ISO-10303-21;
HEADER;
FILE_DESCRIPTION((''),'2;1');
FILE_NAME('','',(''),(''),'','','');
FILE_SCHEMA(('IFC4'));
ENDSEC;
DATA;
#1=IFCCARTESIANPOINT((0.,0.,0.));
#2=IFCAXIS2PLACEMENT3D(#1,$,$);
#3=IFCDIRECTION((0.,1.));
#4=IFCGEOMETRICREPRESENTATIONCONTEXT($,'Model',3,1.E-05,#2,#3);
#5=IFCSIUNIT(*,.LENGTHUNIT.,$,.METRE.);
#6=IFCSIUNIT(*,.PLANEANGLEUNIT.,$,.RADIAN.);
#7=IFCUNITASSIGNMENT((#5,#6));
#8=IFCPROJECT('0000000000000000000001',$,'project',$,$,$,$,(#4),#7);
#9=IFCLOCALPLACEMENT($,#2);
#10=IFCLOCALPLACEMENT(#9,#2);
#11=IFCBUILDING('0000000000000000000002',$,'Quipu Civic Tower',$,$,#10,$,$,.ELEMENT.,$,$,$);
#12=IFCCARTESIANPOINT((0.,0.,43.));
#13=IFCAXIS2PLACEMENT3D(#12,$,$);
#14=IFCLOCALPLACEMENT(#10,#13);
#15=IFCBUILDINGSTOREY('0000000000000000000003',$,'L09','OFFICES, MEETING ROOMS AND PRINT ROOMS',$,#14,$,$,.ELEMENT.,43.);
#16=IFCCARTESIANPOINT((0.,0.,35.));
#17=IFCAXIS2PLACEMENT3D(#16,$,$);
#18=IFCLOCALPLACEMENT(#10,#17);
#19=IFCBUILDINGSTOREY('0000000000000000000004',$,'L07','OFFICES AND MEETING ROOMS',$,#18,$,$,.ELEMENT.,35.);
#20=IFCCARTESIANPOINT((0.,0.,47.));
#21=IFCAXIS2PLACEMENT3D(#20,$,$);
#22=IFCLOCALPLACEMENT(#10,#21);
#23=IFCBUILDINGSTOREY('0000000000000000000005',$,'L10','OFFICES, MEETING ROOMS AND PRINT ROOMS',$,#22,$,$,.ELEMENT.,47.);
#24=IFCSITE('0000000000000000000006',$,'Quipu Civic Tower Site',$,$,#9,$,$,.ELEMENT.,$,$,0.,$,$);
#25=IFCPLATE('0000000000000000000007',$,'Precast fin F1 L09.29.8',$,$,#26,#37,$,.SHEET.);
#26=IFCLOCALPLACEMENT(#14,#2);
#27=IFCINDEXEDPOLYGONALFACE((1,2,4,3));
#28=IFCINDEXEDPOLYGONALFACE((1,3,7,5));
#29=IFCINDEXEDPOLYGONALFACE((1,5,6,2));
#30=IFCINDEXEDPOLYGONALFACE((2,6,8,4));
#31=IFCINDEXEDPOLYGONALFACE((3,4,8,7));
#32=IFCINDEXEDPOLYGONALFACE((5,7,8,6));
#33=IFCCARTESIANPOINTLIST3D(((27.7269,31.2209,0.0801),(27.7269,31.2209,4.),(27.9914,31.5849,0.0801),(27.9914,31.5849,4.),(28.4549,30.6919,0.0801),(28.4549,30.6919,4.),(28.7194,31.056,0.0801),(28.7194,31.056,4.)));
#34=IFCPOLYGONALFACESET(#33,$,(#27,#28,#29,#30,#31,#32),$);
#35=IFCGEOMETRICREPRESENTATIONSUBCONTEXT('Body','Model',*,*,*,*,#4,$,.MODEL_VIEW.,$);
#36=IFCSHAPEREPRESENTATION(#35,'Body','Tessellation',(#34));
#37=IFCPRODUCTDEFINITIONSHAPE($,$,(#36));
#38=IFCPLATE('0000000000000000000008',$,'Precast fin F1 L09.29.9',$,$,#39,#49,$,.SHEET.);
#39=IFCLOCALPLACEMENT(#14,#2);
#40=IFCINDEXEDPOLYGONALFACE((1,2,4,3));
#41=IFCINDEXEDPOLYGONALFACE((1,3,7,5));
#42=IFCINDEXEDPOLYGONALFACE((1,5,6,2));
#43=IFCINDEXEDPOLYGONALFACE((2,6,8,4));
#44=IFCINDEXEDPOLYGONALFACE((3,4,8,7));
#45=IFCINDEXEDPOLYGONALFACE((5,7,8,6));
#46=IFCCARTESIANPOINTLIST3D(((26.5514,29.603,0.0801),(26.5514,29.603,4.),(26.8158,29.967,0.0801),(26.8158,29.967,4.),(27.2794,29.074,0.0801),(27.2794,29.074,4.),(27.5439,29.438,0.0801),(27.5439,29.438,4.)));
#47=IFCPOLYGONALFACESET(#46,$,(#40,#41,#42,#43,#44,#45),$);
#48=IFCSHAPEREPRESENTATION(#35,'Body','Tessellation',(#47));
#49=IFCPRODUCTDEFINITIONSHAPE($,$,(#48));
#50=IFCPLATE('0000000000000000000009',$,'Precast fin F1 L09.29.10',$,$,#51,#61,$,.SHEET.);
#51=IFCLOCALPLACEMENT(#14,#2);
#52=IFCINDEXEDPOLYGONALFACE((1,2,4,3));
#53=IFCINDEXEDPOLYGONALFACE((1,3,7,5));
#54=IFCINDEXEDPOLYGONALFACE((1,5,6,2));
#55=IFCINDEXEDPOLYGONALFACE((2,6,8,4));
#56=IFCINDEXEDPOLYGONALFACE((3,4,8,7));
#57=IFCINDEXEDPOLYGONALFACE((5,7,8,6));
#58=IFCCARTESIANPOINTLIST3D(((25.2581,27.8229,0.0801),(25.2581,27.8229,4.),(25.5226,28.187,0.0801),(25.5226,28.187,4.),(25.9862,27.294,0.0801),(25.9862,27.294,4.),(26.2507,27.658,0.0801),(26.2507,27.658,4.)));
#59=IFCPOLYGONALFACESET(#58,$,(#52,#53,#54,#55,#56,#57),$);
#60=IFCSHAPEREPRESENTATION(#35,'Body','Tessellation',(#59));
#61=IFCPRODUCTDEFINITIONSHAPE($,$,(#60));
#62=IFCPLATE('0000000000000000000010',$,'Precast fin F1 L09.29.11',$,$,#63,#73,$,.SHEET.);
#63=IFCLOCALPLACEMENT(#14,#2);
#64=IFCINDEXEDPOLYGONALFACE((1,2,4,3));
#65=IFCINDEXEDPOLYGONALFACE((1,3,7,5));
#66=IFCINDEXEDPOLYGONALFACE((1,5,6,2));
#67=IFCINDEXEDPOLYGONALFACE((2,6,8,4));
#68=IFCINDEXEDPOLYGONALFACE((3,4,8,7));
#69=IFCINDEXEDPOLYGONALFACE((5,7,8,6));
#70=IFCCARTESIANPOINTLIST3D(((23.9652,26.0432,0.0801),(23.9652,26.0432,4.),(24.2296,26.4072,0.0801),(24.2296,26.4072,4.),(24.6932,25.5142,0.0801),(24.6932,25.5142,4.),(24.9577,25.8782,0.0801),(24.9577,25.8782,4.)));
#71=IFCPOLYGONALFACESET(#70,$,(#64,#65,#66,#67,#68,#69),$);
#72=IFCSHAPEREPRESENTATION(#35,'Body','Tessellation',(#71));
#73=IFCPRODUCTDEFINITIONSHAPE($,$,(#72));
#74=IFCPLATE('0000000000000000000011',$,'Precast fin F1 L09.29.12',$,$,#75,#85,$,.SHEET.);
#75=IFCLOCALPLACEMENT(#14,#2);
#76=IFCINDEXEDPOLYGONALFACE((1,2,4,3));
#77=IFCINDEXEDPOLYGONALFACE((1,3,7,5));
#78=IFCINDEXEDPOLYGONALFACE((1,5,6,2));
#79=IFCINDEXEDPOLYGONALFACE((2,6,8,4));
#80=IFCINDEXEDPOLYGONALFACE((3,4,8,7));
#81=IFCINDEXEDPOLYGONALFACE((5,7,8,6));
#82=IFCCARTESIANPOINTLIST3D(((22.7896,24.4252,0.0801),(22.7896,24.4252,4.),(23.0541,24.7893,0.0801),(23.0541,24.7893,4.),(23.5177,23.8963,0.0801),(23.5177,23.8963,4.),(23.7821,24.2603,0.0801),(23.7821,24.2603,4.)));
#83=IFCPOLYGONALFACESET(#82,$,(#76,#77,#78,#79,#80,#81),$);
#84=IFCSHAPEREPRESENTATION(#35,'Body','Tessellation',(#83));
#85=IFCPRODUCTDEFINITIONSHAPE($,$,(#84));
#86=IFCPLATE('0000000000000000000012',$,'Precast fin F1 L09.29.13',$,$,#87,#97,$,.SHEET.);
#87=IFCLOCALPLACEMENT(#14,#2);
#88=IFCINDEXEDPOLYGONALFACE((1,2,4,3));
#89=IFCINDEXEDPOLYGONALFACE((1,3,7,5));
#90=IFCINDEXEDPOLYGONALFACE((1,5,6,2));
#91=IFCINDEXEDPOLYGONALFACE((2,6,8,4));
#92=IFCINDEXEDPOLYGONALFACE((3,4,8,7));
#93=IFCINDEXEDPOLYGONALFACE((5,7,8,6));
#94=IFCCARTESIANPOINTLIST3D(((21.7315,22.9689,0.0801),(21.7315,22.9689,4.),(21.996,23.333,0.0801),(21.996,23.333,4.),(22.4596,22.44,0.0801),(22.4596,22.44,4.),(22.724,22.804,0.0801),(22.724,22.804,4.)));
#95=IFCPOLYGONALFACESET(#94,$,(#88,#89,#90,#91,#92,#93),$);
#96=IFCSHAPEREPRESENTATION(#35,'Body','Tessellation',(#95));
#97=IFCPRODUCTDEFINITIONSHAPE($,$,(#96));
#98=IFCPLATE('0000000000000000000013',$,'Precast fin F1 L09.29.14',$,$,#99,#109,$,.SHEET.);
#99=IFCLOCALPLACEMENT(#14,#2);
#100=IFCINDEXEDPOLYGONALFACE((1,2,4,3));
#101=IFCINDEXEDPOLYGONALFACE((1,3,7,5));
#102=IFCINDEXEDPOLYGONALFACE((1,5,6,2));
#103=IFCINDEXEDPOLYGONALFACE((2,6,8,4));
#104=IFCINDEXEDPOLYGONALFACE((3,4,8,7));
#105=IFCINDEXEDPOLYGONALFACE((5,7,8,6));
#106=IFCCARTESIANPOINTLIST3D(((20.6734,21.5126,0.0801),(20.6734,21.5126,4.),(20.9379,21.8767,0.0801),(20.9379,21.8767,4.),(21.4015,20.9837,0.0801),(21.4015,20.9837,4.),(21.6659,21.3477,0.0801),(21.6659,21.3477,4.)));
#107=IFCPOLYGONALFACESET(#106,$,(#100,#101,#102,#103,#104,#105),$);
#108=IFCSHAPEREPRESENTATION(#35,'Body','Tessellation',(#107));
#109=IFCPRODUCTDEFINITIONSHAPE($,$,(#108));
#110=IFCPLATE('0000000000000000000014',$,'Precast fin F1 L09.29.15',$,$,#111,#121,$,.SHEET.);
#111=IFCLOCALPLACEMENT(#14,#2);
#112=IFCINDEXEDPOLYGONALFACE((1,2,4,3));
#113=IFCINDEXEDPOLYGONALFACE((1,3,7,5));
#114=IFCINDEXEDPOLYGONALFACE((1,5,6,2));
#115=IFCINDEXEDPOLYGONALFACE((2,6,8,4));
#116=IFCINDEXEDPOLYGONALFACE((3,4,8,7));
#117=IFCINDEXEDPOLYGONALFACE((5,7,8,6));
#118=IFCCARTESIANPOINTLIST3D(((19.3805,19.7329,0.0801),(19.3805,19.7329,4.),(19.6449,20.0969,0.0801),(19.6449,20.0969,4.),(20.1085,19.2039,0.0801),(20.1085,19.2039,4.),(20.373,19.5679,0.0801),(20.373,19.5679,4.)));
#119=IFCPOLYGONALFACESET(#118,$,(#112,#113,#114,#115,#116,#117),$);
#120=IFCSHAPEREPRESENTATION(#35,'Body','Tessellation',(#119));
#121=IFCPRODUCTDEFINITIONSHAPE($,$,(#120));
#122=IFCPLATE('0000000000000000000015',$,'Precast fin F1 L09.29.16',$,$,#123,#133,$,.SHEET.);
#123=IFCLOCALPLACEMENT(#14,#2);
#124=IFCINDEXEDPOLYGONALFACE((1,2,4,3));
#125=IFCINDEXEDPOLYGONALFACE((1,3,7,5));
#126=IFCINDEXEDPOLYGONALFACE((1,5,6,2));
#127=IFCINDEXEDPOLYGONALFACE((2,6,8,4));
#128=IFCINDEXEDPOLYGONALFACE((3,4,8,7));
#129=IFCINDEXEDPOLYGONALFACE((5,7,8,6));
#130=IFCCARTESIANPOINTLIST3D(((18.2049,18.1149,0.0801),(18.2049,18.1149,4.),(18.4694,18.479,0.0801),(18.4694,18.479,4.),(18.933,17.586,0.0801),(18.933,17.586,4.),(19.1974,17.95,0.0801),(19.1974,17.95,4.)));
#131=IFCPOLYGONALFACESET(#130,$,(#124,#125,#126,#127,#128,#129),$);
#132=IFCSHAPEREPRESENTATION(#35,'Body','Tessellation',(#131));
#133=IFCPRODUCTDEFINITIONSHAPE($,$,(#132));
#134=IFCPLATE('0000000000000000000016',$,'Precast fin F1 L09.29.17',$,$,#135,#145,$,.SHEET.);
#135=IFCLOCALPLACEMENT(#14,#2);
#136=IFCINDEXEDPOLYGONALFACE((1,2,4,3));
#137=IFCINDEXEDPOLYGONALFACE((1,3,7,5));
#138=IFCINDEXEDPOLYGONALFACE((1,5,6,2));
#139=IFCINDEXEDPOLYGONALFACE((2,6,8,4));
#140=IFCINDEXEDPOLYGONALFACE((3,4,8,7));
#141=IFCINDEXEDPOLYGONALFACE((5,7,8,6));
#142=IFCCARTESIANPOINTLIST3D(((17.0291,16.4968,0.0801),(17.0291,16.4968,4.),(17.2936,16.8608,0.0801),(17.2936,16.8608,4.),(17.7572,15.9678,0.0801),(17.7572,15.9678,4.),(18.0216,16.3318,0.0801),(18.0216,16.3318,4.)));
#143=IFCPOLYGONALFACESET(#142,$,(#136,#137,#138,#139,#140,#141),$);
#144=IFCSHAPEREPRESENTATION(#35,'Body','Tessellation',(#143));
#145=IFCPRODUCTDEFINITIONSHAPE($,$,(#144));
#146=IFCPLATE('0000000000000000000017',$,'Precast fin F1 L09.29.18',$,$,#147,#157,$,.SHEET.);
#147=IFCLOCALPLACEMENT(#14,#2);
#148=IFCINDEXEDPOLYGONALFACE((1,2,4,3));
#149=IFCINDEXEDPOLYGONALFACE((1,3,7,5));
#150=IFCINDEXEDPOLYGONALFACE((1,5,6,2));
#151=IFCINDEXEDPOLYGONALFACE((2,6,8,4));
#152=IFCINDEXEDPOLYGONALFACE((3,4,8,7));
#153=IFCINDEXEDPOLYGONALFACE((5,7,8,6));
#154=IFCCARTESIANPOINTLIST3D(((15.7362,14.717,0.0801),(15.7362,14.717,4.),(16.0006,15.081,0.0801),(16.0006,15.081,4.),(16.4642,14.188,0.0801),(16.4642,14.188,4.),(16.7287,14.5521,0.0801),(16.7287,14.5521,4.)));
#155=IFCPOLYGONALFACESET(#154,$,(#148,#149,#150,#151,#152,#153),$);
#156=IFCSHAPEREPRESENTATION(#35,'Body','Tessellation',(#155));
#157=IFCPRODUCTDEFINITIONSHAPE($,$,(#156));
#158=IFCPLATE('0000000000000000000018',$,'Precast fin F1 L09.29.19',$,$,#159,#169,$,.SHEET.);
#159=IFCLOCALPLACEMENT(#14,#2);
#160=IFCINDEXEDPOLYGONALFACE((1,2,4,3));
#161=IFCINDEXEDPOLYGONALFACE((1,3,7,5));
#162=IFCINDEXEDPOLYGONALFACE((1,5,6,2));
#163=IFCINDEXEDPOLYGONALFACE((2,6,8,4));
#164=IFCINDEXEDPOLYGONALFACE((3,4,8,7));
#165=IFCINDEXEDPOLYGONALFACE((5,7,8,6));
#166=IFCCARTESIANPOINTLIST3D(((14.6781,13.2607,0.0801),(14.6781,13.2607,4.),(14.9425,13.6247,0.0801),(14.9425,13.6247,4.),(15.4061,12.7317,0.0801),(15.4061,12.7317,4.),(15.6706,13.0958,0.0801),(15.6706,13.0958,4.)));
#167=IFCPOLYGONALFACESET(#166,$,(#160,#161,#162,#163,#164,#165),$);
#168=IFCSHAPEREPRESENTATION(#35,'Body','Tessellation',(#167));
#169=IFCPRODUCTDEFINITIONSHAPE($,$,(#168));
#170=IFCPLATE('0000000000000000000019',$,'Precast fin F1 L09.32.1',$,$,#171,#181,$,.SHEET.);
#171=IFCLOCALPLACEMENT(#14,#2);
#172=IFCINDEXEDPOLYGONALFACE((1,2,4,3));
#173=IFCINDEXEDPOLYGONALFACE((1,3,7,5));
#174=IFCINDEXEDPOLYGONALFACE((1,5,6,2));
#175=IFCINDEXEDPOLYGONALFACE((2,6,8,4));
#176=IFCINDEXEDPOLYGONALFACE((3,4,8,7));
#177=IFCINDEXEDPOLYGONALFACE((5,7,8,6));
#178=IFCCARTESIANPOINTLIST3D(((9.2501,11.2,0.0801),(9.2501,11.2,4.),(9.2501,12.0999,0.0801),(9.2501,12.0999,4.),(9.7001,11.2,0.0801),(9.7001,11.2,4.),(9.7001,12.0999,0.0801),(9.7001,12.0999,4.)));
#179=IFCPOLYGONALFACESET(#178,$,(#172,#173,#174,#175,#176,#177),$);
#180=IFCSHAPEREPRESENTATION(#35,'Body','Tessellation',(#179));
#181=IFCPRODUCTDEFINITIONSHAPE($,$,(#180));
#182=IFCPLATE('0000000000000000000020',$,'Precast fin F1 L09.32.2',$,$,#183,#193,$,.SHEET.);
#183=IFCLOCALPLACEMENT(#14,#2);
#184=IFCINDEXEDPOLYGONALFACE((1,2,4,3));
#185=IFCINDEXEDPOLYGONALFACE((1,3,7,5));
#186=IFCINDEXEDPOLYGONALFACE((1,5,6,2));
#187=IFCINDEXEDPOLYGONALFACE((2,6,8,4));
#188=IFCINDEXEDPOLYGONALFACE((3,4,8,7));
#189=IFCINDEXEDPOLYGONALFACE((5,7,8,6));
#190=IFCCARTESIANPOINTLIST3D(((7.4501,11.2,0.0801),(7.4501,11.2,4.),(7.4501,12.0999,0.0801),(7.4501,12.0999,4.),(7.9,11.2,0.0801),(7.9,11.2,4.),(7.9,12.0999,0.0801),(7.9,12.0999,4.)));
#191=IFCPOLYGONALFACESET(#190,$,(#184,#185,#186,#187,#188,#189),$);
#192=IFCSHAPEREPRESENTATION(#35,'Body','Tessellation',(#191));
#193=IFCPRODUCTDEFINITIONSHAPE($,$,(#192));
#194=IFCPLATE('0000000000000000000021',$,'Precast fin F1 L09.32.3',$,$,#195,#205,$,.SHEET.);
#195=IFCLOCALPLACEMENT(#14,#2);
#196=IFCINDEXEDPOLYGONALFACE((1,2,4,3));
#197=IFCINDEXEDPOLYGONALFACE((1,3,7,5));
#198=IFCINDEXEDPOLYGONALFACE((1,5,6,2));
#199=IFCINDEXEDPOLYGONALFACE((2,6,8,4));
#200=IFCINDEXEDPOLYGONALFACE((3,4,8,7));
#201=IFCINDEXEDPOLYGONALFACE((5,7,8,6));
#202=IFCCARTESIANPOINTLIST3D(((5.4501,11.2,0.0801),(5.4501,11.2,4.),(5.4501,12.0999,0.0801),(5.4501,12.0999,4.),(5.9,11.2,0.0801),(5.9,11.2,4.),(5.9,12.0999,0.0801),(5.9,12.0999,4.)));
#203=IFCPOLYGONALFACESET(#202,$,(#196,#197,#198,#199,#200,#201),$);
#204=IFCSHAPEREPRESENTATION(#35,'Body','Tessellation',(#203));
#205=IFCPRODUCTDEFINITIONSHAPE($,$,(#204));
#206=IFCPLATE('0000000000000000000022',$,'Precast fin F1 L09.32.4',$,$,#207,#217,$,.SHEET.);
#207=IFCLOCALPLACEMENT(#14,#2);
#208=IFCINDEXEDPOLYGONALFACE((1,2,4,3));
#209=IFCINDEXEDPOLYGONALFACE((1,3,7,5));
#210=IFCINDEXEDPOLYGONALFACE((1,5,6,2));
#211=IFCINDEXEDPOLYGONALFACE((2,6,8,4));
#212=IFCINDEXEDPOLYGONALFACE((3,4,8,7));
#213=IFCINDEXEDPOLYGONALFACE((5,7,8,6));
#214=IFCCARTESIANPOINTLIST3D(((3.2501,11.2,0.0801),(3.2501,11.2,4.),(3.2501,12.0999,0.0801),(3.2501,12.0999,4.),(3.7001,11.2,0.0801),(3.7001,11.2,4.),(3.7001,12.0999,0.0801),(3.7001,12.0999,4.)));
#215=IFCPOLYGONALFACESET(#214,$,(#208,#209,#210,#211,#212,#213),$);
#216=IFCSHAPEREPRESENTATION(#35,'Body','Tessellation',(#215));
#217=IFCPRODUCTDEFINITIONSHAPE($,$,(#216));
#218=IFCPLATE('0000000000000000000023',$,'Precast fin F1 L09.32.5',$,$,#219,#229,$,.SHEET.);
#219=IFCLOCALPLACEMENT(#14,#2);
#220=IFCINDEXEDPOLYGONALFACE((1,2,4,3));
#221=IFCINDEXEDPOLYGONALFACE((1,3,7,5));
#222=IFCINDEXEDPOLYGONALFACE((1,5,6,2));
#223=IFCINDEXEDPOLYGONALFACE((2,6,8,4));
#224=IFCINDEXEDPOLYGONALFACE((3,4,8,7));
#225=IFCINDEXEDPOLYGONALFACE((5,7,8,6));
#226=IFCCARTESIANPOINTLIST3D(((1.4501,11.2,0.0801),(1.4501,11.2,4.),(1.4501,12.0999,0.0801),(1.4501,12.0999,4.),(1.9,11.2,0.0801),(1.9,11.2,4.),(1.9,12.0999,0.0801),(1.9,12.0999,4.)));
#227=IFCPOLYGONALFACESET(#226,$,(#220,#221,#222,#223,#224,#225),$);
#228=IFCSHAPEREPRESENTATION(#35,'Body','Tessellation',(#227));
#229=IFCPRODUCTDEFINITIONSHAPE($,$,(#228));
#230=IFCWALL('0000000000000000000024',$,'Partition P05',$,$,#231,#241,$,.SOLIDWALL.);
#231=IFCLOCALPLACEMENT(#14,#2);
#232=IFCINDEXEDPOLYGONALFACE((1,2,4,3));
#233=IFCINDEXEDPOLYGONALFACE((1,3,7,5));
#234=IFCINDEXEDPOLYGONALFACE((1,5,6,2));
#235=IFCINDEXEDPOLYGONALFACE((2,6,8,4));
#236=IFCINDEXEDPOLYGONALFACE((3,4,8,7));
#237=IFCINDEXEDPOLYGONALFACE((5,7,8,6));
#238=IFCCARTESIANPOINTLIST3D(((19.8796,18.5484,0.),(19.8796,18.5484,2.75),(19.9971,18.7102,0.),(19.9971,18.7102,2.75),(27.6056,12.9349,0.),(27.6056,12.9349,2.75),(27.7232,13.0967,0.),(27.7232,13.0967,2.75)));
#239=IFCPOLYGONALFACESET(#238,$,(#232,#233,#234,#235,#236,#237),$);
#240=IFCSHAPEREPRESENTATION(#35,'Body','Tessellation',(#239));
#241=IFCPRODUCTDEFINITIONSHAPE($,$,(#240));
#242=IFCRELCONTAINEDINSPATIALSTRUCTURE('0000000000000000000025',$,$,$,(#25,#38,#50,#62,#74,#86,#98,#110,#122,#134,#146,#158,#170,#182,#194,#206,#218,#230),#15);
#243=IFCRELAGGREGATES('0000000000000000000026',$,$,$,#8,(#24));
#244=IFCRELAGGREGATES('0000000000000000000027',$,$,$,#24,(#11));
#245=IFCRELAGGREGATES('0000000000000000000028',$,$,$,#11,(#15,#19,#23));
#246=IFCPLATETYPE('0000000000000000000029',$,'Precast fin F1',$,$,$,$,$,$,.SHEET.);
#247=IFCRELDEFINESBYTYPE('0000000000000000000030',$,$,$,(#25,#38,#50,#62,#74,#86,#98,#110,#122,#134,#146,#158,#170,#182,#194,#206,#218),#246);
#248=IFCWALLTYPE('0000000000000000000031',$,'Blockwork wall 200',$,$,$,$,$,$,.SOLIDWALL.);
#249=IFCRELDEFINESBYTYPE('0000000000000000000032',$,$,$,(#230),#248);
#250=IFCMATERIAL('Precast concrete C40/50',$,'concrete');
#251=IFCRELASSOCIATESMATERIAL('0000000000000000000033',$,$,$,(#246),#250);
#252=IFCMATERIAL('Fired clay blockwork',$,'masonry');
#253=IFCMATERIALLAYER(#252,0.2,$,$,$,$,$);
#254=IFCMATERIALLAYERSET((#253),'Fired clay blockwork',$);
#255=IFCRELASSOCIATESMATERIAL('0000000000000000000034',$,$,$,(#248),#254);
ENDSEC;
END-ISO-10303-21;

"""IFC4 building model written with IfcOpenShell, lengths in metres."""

from ifc_helpers import new_model, si_unit, direction, frame, frame_2d, origin, origin_2d, place, context, subcontext, project, spatial, rectangle, extrude, material, layer, layer_set, type_object, element, save


model = new_model("IFC4")

# Units and contexts
model_context = context("Model", 3, precision=1e-05, world=origin(), true_north=direction((0.0, 1.0)))
body_context = subcontext(model_context, "Body", "Model", "MODEL_VIEW")
ifc_project = project(units=[si_unit("LENGTHUNIT", "METRE"), si_unit("PLANEANGLEUNIT", "RADIAN")], contexts=[model_context])

# Site, building, storey
site_placement = place(None, origin())
site = spatial("IfcSite", under=ifc_project, at=site_placement, Name="Quipu Civic Tower Site", CompositionType="ELEMENT", RefElevation=0.0)
building_placement = place(site_placement, origin())
building = spatial("IfcBuilding", under=site, at=building_placement, Name="Quipu Civic Tower", CompositionType="ELEMENT")
storey_1_placement = place(building_placement, frame((0.0, 0.0, 43.0)))
storey_1 = spatial("IfcBuildingStorey", under=building, at=storey_1_placement, Name="L09", Description="OFFICES, MEETING ROOMS AND PRINT ROOMS", CompositionType="ELEMENT", Elevation=43.0)

# Shared definitions
storey_2_placement = place(building_placement, frame((0.0, 0.0, 35.0)))
storey_2 = spatial("IfcBuildingStorey", under=building, at=storey_2_placement, Name="L07", Description="OFFICES AND MEETING ROOMS", CompositionType="ELEMENT", Elevation=35.0)

# Shared definitions
storey_3_placement = place(building_placement, frame((0.0, 0.0, 47.0)))
storey_3 = spatial("IfcBuildingStorey", under=building, at=storey_3_placement, Name="L10", Description="OFFICES, MEETING ROOMS AND PRINT ROOMS", CompositionType="ELEMENT", Elevation=47.0)

# Plates
ifc_material_1 = material(Name="Precast concrete C40/50", Category="concrete")
plate_type_1 = type_object("IfcPlateType", Name="Precast fin F1", PredefinedType="SHEET", material=ifc_material_1)
for number, where, z_axis, x_axis, name in (
    (1, (28.2231, 31.1384, 0.0801), (0.0, 0.0, 1.0), (-0.587785, -0.809017, 0.0), "Precast fin F1 L09.29.8"),
    (2, (27.0476, 29.5205, 0.0801), (0.0, 0.0, 1.0), (-0.587785, -0.809017, 0.0), "Precast fin F1 L09.29.9"),
    (3, (25.7544, 27.7405, 0.0801), (0.0, 0.0, 1.0), (-0.587785, -0.809017, 0.0), "Precast fin F1 L09.29.10"),
    (4, (24.4614, 25.9607, 0.0801), (0.0, 0.0, 1.0), (-0.587785, -0.809017, 0.0), "Precast fin F1 L09.29.11"),
    (5, (23.2859, 24.3428, 0.0801), (0.0, 0.0, 1.0), (-0.587785, -0.809017, 0.0), "Precast fin F1 L09.29.12"),
    (6, (22.2278, 22.8865, 0.0801), (0.0, 0.0, 1.0), (-0.587785, -0.809017, 0.0), "Precast fin F1 L09.29.13"),
    (7, (21.1697, 21.4302, 0.0801), (0.0, 0.0, 1.0), (-0.587785, -0.809017, 0.0), "Precast fin F1 L09.29.14"),
    (8, (19.8767, 19.6504, 0.0801), (0.0, 0.0, 1.0), (-0.587785, -0.809017, 0.0), "Precast fin F1 L09.29.15"),
    (9, (18.7012, 18.0325, 0.0801), (0.0, 0.0, 1.0), (-0.587785, -0.809017, 0.0), "Precast fin F1 L09.29.16"),
    (10, (17.5254, 16.4143, 0.0801), (0.0, 0.0, 1.0), (-0.587785, -0.809017, 0.0), "Precast fin F1 L09.29.17"),
    (11, (16.2324, 14.6345, 0.0801), (0.0, 0.0, 1.0), (-0.587785, -0.809017, 0.0), "Precast fin F1 L09.29.18"),
    (12, (15.1743, 13.1782, 0.0801), (0.0, 0.0, 1.0), (-0.587785, -0.809017, 0.0), "Precast fin F1 L09.29.19"),
    (13, (9.4751, 11.6499, 0.0801), (0.0, 0.0, 1.0), (-1.0, 0.0, 0.0), "Precast fin F1 L09.32.1"),
    (14, (7.675, 11.6499, 0.0801), (0.0, 0.0, 1.0), (-1.0, 0.0, 0.0), "Precast fin F1 L09.32.2"),
    (15, (5.675, 11.6499, 0.0801), (0.0, 0.0, 1.0), (-1.0, 0.0, 0.0), "Precast fin F1 L09.32.3"),
    (16, (3.4751, 11.6499, 0.0801), (0.0, 0.0, 1.0), (-1.0, 0.0, 0.0), "Precast fin F1 L09.32.4"),
    (17, (1.675, 11.6499, 0.0801), (0.0, 0.0, 1.0), (-1.0, 0.0, 0.0), "Precast fin F1 L09.32.5"),
):
    element("IfcPlate", number, at=place(storey_1_placement, frame(where, z_axis=z_axis, x_axis=x_axis)), inside=storey_1, type_object=plate_type_1, Name=name, PredefinedType="SHEET", context=body_context, shape_type="SweptSolid", body=[
        extrude(rectangle(XDim=0.45, YDim=0.8999, at=origin_2d()), origin(), (0.0, 0.0, 1.0), 3.9199),
    ])

# Wall
ifc_material_2 = material(Name="Fired clay blockwork", Category="masonry")
ifc_layer_1 = layer(ifc_material_2, 0.2)
ifc_layer_set_1 = layer_set([ifc_layer_1], Name="Fired clay blockwork")
wall_type = type_object("IfcWallType", Name="Blockwork wall 200", PredefinedType="SOLIDWALL", material=ifc_layer_set_1)
wall_1_placement = place(storey_1_placement, frame((27.6643, 13.0159, 0.0), z_axis=(0.0, 0.0, 1.0), x_axis=(-0.809007, 0.587799, 0.0)))
element("IfcWall", 18, at=wall_1_placement, inside=storey_1, type_object=wall_type, Name="Partition P05", PredefinedType="SOLIDWALL", context=body_context, shape_type="SweptSolid", body=[
    extrude(rectangle(XDim=9.55, YDim=0.2, at=frame_2d((4.7749, 0.0))), origin(), (0.0, 0.0, 1.0), 2.75),
])

save(model, "model.ifc")
